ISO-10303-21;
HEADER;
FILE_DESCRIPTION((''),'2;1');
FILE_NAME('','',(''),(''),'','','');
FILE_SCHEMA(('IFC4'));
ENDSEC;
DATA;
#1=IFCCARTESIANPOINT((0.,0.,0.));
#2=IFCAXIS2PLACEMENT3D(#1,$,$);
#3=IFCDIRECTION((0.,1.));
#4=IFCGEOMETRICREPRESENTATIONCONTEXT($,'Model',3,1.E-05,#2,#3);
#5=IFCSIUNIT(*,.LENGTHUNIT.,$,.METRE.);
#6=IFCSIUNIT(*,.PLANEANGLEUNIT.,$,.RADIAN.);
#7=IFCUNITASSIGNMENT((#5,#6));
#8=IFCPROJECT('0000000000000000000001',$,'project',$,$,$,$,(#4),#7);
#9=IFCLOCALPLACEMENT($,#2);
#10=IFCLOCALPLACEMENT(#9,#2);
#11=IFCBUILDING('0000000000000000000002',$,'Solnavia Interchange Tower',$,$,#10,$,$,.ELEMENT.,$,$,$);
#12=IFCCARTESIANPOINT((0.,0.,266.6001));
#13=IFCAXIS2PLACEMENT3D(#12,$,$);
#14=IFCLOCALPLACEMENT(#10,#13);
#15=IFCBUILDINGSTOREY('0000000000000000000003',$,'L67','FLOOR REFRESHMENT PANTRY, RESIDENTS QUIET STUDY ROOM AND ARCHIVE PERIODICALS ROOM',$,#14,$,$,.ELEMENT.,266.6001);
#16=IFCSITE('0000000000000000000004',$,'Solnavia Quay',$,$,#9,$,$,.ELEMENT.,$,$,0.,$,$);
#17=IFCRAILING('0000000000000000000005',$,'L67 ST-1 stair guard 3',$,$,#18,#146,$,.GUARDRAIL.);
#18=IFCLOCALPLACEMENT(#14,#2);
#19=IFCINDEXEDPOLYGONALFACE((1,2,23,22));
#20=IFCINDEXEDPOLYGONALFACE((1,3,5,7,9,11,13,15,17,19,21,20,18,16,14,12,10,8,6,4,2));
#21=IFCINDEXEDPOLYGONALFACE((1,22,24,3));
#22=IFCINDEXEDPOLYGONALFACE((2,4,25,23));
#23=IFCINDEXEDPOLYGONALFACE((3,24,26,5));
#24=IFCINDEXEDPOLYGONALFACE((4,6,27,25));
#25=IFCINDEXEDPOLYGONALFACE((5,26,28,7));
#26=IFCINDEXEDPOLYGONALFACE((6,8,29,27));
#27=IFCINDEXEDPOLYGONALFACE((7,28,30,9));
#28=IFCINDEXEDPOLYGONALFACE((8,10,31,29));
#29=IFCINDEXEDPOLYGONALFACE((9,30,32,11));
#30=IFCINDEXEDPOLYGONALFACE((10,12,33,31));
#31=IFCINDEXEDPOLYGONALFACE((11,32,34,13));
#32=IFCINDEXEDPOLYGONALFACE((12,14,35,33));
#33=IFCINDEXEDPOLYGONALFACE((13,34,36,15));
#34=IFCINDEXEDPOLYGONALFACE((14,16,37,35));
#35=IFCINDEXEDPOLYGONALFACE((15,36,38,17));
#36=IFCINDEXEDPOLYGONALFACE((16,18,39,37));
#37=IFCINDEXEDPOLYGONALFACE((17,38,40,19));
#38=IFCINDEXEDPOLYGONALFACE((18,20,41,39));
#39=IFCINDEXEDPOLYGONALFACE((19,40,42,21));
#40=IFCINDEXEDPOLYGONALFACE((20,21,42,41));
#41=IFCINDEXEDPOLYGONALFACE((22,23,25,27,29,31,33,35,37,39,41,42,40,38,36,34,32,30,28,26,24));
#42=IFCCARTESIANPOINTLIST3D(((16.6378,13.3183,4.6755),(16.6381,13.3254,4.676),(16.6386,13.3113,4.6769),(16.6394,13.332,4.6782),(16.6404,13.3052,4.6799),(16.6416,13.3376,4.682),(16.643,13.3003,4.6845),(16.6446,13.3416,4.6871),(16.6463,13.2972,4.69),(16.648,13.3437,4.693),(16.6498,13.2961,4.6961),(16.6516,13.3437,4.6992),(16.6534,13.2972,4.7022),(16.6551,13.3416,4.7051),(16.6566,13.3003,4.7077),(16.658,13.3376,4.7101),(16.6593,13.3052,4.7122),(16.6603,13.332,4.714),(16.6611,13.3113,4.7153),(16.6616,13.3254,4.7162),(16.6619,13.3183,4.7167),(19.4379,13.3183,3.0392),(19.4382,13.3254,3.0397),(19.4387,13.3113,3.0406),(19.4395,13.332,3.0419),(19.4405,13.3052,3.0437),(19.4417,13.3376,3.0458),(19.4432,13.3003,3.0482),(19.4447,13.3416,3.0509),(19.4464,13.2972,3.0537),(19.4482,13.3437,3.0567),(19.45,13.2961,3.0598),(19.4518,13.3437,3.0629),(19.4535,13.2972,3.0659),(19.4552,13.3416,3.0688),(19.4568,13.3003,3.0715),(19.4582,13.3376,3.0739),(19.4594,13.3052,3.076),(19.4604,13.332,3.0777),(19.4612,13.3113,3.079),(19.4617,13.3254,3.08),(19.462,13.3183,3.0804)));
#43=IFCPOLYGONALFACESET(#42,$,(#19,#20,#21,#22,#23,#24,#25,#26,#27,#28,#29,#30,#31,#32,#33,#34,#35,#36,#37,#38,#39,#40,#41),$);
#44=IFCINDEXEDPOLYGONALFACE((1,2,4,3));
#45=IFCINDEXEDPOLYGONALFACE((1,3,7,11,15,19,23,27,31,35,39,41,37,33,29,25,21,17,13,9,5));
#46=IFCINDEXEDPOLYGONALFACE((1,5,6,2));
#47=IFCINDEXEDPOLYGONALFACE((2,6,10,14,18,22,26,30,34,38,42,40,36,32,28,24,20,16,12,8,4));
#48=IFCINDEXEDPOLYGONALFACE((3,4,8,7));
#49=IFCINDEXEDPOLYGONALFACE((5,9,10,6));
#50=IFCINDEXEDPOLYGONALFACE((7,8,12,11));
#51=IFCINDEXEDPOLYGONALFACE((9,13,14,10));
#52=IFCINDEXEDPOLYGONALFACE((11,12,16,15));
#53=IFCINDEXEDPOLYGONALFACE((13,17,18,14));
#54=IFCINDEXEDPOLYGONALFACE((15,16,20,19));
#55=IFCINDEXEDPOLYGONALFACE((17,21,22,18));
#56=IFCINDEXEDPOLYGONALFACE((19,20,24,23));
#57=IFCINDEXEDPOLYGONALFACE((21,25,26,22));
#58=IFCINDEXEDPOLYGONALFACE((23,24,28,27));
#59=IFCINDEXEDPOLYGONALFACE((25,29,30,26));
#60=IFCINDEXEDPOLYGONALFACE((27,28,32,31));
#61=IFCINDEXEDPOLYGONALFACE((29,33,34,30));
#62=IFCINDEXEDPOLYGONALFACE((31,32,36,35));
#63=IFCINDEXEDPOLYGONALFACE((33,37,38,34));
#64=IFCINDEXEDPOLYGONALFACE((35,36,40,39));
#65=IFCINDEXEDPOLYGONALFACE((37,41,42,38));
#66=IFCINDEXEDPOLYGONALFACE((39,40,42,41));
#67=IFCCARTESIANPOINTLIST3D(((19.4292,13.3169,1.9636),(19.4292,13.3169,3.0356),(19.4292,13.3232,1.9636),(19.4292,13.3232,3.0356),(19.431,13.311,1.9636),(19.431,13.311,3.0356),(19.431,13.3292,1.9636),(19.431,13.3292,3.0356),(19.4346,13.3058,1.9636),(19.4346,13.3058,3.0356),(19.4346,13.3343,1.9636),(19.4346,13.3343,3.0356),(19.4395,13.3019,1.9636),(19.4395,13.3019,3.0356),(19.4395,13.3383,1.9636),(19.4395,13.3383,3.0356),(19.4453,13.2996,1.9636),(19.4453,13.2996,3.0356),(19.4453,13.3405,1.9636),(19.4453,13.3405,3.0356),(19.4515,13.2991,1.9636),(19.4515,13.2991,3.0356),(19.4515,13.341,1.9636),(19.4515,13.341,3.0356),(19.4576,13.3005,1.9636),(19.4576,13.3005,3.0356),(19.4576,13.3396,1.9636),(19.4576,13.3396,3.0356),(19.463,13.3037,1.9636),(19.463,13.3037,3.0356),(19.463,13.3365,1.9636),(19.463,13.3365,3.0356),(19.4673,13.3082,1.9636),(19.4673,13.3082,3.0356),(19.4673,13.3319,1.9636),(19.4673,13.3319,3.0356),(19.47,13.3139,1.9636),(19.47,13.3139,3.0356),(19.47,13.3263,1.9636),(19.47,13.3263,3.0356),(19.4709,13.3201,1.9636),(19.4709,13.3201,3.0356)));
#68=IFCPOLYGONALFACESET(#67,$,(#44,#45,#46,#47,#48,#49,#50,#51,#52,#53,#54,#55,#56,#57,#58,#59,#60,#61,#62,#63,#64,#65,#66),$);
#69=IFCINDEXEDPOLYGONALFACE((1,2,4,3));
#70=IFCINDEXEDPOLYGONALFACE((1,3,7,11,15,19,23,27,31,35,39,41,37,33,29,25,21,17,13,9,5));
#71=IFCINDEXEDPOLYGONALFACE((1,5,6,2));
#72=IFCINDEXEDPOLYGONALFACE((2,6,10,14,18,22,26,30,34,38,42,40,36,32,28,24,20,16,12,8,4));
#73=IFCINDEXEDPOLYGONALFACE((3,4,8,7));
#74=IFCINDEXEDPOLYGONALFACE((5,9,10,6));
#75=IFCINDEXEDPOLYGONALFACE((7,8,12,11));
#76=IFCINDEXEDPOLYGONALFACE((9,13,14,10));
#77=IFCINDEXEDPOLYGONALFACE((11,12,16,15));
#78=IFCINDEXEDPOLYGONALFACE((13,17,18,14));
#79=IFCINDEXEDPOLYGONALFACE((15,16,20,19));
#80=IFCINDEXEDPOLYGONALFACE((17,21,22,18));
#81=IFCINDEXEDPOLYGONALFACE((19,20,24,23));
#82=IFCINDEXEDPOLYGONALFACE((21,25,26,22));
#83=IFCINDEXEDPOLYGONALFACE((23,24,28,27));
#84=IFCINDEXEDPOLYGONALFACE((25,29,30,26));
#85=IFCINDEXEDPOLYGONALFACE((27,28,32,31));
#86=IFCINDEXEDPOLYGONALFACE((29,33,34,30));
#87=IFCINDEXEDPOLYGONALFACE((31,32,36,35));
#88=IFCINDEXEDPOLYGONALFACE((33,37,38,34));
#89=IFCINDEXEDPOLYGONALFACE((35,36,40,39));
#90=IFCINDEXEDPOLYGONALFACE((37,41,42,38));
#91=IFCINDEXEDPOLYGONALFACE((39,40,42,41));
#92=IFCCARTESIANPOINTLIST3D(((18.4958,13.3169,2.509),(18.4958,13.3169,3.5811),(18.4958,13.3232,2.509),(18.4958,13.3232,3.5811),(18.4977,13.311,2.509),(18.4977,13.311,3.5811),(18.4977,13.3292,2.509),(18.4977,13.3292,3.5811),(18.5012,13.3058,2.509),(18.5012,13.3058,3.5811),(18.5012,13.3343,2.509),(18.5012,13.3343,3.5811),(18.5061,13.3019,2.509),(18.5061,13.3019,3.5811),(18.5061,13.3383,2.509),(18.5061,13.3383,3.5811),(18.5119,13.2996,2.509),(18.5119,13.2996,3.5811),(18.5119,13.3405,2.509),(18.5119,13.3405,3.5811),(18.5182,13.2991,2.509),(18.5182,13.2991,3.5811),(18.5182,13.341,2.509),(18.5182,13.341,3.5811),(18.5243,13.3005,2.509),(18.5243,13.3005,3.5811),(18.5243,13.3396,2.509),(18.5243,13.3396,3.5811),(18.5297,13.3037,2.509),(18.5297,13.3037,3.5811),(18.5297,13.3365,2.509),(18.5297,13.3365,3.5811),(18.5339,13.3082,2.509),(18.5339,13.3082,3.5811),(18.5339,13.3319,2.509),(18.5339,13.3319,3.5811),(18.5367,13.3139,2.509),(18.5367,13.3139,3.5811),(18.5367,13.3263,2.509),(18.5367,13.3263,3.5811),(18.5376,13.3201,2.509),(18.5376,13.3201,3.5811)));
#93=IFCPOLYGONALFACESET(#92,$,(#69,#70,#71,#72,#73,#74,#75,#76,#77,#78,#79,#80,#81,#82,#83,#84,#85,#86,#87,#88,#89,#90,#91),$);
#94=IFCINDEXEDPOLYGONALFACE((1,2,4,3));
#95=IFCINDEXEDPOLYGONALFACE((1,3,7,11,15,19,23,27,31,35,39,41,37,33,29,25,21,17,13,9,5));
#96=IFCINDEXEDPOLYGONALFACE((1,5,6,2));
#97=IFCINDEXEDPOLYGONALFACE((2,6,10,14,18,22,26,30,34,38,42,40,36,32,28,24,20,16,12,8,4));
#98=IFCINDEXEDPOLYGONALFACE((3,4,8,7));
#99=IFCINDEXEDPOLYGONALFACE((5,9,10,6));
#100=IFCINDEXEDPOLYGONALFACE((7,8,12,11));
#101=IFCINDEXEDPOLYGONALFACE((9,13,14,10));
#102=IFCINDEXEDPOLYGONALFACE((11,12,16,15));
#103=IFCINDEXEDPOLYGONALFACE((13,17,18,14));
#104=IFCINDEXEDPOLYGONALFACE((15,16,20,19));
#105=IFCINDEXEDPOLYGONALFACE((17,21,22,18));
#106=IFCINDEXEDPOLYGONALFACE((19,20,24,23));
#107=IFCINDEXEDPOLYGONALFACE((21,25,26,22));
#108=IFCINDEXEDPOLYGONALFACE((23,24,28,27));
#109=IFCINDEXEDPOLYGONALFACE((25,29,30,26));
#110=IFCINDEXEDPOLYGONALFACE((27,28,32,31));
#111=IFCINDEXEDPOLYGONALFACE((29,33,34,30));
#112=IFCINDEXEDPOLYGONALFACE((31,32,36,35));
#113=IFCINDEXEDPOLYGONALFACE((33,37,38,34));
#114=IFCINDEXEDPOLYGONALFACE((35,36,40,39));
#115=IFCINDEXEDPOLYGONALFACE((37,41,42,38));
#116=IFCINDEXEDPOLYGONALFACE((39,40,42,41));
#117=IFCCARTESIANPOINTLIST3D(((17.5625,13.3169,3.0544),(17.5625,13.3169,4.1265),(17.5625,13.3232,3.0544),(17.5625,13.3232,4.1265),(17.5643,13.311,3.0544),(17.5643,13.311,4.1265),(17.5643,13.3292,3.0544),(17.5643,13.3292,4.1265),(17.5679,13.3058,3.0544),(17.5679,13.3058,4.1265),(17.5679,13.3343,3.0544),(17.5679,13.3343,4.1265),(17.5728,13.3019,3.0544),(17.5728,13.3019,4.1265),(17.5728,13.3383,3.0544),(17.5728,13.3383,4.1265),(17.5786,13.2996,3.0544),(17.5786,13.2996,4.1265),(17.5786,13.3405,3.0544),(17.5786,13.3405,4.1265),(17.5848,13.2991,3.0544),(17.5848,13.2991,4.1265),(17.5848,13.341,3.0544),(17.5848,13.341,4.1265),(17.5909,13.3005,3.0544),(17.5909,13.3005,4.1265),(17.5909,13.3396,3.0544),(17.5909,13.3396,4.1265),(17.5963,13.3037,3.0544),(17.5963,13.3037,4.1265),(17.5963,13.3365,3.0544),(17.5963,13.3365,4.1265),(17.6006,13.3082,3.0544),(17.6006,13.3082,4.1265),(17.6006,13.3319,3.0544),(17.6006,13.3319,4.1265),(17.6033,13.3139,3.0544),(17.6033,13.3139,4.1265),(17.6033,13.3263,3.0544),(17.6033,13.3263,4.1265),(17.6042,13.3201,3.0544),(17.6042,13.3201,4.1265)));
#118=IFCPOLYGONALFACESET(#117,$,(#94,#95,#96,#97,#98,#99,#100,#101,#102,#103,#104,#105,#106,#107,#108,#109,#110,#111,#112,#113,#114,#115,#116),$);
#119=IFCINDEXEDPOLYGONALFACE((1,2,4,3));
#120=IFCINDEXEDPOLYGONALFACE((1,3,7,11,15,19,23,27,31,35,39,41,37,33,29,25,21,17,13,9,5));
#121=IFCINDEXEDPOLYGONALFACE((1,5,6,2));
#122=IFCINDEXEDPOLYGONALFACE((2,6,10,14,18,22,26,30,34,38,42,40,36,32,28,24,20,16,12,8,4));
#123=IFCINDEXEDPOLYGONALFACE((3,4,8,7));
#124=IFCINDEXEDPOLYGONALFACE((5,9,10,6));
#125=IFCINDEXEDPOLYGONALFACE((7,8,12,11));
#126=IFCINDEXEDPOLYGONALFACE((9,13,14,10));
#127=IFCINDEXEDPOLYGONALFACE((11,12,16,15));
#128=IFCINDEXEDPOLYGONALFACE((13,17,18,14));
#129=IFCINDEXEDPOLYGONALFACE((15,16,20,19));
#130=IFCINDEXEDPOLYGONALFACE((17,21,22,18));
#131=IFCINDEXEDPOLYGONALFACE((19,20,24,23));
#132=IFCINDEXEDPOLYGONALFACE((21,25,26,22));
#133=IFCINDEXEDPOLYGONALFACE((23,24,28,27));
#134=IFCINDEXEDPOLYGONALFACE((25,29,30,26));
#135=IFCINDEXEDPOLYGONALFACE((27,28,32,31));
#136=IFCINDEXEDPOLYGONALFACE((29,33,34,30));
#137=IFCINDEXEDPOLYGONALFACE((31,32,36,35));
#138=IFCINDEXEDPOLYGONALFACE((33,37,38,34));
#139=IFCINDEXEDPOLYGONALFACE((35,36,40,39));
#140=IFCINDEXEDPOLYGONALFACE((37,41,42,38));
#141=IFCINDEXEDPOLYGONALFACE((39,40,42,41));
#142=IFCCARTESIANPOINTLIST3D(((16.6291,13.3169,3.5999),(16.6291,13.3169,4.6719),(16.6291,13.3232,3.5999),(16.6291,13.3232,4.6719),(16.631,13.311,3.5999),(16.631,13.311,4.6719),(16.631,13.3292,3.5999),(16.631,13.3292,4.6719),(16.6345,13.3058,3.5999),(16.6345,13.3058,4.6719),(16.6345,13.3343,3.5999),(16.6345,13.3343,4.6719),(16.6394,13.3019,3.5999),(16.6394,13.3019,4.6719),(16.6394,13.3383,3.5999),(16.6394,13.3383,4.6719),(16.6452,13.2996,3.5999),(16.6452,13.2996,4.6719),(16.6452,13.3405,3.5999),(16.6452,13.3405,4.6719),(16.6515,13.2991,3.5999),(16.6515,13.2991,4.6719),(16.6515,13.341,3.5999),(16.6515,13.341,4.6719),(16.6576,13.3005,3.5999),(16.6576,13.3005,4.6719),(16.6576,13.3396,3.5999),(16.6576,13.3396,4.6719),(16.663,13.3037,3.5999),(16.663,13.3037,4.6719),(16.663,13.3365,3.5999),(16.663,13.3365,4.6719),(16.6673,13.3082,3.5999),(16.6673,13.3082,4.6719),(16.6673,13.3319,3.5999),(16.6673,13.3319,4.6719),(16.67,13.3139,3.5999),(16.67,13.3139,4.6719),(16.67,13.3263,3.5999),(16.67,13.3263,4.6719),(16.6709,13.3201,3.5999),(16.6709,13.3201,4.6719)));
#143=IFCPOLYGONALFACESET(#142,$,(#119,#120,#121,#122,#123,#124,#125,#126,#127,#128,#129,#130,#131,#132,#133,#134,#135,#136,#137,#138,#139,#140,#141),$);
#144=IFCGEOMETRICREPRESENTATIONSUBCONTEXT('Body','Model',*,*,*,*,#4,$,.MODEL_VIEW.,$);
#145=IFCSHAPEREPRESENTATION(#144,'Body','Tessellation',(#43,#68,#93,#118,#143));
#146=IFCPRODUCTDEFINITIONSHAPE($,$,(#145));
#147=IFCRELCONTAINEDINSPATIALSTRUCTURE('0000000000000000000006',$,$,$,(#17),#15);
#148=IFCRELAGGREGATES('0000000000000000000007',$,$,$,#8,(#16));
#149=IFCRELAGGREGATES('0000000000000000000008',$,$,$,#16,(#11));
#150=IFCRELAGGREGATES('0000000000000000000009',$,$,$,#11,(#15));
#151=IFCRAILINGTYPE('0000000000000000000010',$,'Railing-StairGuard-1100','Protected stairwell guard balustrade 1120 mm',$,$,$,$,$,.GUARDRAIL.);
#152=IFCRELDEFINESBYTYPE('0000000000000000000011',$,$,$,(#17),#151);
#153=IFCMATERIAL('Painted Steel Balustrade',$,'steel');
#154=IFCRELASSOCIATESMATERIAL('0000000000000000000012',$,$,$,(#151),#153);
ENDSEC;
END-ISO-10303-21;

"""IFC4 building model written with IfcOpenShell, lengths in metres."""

from ifc_helpers import new_model, si_unit, direction, frame, origin, origin_2d, place, context, subcontext, project, spatial, circle, extrude, material, type_object, element, save


model = new_model("IFC4")

# Units and contexts
model_context = context("Model", 3, precision=1e-05, world=origin(), true_north=direction((0.0, 1.0)))
body_context = subcontext(model_context, "Body", "Model", "MODEL_VIEW")
ifc_project = project(units=[si_unit("LENGTHUNIT", "METRE"), si_unit("PLANEANGLEUNIT", "RADIAN")], contexts=[model_context])

# Site, building, storey
site_placement = place(None, origin())
site = spatial("IfcSite", under=ifc_project, at=site_placement, Name="Solnavia Quay", CompositionType="ELEMENT", RefElevation=0.0)
building_placement = place(site_placement, origin())
building = spatial("IfcBuilding", under=site, at=building_placement, Name="Solnavia Interchange Tower", CompositionType="ELEMENT")
storey_placement = place(building_placement, frame((0.0, 0.0, 266.6001)))
storey = spatial("IfcBuildingStorey", under=building, at=storey_placement, Name="L67", Description="FLOOR REFRESHMENT PANTRY, RESIDENTS QUIET STUDY ROOM AND ARCHIVE PERIODICALS ROOM", CompositionType="ELEMENT", Elevation=266.6001)

# Railing
ifc_material_1 = material(Name="Painted Steel Balustrade", Category="steel")
railing_type_1 = type_object("IfcRailingType", Name="Railing-StairGuard-1100", Description="Protected stairwell guard balustrade 1120 mm", PredefinedType="GUARDRAIL", material=ifc_material_1)
railing_1_placement = place(storey_placement, frame((19.45, 13.3201, 1.9636)))
element("IfcRailing", 1, at=railing_1_placement, inside=storey, type_object=railing_type_1, Name="L67 ST-1 stair guard 3", PredefinedType="GUARDRAIL", context=body_context, shape_type="SweptSolid", body=[
    extrude(circle(Radius=0.0239, at=origin_2d()), frame((0.0, 0.0, 1.0962), z_axis=(-0.863394, 0.0, 0.504531), x_axis=(0.0, -1.0, 0.0)), (0.0, 0.0, 1.0), 3.2432),
    extrude(circle(Radius=0.021, at=origin_2d()), origin(), (0.0, 0.0, 1.0), 1.072),
    extrude(circle(Radius=0.021, at=origin_2d()), frame((-0.9333, 0.0, 0.5454)), (0.0, 0.0, 1.0), 1.072),
    extrude(circle(Radius=0.021, at=origin_2d()), frame((-1.8667, 0.0, 1.0908)), (0.0, 0.0, 1.0), 1.072),
    extrude(circle(Radius=0.021, at=origin_2d()), frame((-2.8, 0.0, 1.6362)), (0.0, 0.0, 1.0), 1.072),
])

save(model, "model.ifc")
